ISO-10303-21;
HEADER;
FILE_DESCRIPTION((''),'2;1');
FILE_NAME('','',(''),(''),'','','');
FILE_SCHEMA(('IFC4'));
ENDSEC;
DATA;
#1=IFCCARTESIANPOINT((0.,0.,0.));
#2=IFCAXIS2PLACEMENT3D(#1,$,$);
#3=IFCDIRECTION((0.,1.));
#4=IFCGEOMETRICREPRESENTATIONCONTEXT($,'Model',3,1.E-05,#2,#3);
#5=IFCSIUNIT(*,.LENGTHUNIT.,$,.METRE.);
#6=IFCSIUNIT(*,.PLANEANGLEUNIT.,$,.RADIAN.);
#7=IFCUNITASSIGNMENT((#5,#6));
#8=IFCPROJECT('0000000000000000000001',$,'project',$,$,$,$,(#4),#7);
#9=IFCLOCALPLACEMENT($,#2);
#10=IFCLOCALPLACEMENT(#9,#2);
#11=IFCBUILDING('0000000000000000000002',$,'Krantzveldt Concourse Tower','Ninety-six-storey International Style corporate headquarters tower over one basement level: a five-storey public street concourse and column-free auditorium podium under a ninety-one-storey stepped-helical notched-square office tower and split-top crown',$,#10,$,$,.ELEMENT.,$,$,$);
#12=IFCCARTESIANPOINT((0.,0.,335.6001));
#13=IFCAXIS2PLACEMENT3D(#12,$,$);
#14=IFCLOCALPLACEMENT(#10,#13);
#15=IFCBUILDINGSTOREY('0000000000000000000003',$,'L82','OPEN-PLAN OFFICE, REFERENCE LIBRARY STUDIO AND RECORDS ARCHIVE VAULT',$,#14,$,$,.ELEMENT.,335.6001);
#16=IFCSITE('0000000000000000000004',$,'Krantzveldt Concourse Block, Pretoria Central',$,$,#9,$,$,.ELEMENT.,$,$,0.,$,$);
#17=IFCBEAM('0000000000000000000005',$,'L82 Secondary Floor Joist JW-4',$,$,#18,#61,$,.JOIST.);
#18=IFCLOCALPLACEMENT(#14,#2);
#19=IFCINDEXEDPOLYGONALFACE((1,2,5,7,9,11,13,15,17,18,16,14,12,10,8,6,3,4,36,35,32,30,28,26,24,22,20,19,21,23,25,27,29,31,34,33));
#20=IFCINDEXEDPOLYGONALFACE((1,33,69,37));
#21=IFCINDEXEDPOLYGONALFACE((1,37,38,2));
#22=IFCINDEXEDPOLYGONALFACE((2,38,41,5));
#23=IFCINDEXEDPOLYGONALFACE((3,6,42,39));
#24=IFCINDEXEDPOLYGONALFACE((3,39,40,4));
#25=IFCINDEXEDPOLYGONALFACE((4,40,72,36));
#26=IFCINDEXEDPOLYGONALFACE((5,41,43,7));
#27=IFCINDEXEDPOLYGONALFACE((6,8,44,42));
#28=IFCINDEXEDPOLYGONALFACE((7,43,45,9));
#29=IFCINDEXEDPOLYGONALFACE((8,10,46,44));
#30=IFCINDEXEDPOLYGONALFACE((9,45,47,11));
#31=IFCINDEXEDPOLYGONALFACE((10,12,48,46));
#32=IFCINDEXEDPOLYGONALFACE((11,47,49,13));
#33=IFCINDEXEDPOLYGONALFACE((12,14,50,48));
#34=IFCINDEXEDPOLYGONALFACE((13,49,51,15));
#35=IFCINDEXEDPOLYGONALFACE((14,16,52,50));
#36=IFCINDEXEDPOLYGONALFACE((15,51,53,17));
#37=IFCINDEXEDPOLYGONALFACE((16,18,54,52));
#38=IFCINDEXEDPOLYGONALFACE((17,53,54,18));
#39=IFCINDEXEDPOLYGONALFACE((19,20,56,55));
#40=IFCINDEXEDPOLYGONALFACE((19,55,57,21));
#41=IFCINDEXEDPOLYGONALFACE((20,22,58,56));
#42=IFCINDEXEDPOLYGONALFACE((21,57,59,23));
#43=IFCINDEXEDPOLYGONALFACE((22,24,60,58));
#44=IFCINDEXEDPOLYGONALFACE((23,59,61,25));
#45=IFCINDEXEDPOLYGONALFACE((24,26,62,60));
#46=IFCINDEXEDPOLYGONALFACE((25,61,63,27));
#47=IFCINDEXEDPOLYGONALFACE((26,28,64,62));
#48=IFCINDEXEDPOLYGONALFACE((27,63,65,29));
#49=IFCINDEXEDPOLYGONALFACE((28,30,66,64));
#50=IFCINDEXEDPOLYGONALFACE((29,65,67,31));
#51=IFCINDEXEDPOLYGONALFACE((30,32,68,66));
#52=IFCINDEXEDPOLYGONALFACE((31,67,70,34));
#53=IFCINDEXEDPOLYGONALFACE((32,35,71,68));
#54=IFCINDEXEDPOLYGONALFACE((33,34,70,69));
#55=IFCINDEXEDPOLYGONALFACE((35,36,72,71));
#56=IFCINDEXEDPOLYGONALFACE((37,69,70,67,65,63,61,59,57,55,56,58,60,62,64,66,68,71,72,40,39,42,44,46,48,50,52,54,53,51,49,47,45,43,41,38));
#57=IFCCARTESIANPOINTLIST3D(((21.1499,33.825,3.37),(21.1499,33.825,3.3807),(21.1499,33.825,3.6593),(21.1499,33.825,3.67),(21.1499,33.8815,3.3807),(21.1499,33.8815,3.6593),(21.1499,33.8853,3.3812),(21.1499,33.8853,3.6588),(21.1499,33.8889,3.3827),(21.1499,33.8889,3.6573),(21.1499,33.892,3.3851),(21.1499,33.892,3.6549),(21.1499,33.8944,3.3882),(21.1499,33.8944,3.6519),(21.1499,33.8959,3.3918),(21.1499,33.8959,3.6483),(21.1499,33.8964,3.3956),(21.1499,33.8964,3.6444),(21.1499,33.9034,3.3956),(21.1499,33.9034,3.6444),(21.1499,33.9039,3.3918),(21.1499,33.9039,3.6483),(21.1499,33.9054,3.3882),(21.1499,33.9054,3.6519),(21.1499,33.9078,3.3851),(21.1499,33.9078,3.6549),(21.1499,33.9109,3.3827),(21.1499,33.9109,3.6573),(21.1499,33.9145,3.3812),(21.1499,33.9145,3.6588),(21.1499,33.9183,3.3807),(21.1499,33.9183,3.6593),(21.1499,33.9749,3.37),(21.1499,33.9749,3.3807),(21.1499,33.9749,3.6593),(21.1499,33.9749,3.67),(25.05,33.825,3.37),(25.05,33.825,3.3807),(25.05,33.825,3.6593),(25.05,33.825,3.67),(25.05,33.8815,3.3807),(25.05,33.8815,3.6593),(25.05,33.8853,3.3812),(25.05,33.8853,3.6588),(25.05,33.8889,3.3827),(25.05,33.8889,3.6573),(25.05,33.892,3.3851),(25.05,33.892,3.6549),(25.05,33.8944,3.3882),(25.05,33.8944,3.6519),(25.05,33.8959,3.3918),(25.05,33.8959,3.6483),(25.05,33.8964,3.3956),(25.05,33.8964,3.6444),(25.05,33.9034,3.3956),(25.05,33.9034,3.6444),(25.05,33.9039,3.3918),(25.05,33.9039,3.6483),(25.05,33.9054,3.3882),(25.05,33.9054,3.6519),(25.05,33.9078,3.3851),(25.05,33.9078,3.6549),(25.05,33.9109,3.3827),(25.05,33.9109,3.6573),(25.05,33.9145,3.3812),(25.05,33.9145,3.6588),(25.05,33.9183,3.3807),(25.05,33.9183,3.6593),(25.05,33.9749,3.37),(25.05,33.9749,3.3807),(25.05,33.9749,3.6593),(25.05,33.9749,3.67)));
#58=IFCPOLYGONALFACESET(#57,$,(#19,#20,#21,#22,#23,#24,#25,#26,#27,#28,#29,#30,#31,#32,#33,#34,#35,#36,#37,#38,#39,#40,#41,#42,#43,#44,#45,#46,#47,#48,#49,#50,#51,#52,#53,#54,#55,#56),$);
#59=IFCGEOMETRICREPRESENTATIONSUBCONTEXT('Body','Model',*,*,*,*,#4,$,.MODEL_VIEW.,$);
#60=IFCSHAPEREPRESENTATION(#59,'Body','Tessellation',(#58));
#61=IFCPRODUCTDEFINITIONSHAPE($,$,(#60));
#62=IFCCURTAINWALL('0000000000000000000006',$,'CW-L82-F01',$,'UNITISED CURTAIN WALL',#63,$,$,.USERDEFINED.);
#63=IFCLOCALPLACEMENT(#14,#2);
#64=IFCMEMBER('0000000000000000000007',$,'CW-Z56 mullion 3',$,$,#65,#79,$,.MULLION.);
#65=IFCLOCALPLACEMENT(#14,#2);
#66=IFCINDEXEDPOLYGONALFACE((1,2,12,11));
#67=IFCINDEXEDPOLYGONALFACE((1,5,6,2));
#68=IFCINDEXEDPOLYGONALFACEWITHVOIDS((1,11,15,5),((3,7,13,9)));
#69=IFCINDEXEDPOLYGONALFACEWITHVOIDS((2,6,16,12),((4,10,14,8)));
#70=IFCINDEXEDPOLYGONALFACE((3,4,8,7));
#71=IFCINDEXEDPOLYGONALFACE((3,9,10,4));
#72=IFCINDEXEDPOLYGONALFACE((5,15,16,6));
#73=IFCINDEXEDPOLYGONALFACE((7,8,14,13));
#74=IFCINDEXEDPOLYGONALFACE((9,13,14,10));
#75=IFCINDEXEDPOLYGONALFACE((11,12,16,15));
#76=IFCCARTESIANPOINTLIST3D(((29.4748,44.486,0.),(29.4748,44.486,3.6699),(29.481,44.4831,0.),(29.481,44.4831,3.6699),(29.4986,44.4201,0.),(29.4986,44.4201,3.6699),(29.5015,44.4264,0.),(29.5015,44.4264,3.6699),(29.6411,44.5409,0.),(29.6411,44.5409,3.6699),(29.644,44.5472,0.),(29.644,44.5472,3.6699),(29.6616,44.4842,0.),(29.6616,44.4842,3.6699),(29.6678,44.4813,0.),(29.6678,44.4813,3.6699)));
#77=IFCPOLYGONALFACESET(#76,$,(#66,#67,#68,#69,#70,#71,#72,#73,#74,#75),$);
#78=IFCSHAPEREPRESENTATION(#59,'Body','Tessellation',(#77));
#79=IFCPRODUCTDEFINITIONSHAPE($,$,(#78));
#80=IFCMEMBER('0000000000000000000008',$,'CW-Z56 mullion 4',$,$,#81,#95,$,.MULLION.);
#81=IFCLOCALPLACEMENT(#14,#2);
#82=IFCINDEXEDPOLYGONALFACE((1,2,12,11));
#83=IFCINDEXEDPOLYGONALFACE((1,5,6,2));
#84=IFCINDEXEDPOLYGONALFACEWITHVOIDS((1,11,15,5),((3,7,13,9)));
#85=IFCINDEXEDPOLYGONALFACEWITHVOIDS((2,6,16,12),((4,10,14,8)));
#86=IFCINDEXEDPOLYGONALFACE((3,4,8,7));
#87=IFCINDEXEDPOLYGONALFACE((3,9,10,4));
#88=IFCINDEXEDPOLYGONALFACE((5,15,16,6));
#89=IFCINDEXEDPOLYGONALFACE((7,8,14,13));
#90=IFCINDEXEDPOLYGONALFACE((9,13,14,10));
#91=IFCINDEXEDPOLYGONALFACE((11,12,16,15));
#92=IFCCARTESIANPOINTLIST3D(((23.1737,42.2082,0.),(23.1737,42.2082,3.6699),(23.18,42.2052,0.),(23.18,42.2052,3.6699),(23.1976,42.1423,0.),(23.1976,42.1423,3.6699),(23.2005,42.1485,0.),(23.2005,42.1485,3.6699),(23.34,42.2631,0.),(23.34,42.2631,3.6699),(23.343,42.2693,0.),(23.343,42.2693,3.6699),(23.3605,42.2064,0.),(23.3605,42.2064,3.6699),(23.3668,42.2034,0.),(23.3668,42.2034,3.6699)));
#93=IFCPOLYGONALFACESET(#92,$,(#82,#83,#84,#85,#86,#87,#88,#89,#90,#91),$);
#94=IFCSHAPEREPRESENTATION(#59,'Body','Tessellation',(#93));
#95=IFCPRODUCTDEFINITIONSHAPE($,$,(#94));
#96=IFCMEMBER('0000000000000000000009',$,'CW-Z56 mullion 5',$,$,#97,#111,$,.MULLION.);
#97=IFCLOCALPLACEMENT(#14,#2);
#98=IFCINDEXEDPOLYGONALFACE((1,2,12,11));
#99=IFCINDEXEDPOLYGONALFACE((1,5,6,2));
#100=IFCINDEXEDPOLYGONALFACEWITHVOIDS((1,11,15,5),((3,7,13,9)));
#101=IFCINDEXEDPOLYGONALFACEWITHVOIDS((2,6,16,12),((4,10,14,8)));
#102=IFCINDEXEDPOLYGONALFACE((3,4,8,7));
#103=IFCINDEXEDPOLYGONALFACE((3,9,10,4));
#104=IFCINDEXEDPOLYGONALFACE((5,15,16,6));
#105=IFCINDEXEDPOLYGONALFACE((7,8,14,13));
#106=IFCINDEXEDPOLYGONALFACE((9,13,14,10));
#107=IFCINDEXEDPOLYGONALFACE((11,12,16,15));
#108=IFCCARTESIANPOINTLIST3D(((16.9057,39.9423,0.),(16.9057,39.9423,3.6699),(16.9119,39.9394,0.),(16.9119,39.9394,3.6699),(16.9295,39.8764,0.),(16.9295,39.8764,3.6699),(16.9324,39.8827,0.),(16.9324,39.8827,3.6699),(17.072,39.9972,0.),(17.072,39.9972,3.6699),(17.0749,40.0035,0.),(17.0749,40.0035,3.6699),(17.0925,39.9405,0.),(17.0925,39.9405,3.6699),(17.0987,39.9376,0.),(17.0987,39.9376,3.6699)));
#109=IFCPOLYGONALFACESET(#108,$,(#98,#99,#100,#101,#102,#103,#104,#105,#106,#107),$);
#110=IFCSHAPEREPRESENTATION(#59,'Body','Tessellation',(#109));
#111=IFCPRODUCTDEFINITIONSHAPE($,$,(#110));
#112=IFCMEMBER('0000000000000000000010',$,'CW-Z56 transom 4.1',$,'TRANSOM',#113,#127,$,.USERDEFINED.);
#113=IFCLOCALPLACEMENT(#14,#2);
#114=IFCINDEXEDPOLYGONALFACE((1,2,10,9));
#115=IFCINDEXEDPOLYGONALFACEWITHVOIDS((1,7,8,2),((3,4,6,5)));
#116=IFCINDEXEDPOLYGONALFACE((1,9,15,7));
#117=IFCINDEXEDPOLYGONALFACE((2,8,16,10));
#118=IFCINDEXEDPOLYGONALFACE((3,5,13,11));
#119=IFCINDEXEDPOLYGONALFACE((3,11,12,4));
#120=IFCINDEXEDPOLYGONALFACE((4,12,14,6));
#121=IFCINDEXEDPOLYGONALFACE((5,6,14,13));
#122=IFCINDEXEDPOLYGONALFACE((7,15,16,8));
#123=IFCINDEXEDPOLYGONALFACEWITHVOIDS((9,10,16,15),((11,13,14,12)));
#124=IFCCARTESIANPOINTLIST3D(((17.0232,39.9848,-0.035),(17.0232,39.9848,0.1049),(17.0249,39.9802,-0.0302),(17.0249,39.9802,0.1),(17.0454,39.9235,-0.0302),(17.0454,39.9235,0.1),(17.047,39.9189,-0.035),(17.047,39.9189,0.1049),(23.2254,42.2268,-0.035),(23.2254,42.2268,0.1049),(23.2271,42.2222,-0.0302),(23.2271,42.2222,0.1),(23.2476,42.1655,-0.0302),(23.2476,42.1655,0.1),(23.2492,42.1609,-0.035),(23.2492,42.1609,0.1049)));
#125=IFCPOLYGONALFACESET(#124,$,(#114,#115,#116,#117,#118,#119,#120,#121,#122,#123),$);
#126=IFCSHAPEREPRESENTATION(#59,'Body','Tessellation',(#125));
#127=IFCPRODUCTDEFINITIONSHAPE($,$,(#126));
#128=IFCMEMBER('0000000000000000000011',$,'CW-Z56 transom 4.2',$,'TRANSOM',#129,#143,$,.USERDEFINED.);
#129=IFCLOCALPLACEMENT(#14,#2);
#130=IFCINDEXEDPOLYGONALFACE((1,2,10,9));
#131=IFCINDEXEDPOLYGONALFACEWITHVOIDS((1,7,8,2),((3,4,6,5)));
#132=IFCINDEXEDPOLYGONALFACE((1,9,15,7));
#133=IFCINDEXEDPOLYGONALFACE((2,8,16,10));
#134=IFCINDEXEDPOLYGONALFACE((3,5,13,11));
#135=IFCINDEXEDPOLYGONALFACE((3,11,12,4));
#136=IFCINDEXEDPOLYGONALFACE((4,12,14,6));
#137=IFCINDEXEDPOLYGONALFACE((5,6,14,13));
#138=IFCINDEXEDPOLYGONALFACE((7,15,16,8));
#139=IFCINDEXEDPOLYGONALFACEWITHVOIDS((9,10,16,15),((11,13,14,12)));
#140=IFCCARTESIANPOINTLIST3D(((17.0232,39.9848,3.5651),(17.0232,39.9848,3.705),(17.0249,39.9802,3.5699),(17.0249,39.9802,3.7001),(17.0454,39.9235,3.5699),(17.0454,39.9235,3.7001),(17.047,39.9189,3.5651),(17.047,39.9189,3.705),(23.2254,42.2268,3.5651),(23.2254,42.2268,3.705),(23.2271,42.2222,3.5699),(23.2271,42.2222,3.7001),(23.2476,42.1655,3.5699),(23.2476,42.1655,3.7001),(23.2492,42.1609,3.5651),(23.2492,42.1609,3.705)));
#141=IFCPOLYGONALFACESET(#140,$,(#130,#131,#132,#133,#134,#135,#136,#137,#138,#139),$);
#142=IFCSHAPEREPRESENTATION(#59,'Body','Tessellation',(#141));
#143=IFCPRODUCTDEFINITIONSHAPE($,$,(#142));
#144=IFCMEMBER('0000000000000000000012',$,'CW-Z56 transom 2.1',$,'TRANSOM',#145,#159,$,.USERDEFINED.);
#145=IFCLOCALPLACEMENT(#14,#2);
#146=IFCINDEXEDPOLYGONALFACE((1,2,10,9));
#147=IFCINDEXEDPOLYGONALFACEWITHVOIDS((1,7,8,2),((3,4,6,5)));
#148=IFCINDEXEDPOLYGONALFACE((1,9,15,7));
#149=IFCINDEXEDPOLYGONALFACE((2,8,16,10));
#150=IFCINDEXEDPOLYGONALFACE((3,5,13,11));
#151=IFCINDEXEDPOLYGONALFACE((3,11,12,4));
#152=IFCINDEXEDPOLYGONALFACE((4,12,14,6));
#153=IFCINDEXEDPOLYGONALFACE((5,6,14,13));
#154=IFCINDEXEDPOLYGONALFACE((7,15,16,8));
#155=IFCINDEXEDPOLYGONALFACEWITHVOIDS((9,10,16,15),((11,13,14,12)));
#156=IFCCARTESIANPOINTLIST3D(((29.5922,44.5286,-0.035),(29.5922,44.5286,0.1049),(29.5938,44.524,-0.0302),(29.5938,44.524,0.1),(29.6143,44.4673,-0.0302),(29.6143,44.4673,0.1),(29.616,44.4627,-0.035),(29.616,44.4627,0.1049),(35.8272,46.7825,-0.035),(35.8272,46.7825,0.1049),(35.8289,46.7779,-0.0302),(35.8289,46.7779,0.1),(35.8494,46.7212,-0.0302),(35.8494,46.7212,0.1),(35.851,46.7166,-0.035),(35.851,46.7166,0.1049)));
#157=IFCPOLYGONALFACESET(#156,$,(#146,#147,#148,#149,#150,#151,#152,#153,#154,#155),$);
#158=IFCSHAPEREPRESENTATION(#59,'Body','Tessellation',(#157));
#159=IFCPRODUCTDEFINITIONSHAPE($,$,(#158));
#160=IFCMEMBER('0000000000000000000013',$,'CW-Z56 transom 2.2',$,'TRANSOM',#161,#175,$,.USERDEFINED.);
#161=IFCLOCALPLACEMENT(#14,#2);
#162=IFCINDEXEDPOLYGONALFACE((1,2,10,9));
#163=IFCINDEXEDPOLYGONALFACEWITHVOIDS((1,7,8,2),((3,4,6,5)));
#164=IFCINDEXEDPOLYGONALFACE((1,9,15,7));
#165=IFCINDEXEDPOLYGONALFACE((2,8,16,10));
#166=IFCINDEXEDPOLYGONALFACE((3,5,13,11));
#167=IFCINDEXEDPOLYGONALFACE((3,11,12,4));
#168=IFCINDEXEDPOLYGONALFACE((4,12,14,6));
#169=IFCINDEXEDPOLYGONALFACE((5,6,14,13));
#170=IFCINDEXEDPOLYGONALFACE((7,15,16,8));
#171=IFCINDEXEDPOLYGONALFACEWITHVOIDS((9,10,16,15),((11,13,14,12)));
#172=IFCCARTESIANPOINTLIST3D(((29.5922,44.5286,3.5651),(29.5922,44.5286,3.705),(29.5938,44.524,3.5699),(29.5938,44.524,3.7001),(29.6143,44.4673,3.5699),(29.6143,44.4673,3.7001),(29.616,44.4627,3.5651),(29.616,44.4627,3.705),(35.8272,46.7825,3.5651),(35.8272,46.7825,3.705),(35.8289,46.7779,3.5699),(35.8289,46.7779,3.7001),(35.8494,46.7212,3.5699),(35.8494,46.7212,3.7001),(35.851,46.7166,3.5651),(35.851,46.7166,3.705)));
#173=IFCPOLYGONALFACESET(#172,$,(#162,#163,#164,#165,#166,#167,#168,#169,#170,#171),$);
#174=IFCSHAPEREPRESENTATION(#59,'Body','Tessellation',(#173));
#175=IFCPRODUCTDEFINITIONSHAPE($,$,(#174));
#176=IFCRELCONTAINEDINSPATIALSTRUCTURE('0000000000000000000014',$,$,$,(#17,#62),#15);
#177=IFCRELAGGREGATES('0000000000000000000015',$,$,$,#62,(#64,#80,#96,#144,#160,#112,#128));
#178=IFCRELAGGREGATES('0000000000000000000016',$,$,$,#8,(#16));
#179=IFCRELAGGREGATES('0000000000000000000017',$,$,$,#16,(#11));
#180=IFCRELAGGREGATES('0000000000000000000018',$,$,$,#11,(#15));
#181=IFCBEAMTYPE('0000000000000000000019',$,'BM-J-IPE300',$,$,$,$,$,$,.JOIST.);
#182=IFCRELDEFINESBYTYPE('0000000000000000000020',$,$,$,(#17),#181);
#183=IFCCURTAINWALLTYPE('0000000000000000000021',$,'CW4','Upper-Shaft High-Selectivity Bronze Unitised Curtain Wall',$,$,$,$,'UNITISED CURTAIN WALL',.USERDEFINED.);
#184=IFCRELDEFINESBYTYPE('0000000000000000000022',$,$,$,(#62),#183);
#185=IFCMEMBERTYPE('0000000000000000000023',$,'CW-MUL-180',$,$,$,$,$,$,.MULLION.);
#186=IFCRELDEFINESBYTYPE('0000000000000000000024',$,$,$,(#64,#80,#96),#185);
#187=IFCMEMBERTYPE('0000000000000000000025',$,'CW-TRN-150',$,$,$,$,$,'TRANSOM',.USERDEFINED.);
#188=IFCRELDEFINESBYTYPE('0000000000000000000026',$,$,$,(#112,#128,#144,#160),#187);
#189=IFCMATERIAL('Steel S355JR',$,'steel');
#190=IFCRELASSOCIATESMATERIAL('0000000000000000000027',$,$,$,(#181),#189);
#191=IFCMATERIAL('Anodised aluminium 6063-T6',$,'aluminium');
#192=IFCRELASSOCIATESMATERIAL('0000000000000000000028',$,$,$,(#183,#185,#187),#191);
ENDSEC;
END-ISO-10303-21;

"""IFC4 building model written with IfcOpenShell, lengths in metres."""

from ifc_helpers import new_model, si_unit, direction, frame, origin, origin_2d, place, context, subcontext, project, spatial, hollow_rectangle, i_section, extrude, source, transform, mapped, material, material_profile, profile_set, type_object, type_shapes, element, aggregate, save


model = new_model("IFC4")

# Units and contexts
model_context = context("Model", 3, precision=1e-05, world=origin(), true_north=direction((0.0, 1.0)))
body_context = subcontext(model_context, "Body", "Model", "MODEL_VIEW")
ifc_project = project(units=[si_unit("LENGTHUNIT", "METRE"), si_unit("PLANEANGLEUNIT", "RADIAN")], contexts=[model_context])

# Site, building, storey
site_placement = place(None, origin())
site = spatial("IfcSite", under=ifc_project, at=site_placement, Name="Krantzveldt Concourse Block, Pretoria Central", CompositionType="ELEMENT", RefElevation=0.0)
building_placement = place(site_placement, origin())
building = spatial("IfcBuilding", under=site, at=building_placement, Name="Krantzveldt Concourse Tower", Description="Ninety-six-storey International Style corporate headquarters tower over one basement level: a five-storey public street concourse and column-free auditorium podium under a ninety-one-storey stepped-helical notched-square office tower and split-top crown", CompositionType="ELEMENT")
storey_placement = place(building_placement, frame((0.0, 0.0, 335.6001)))
storey = spatial("IfcBuildingStorey", under=building, at=storey_placement, Name="L82", Description="OPEN-PLAN OFFICE, REFERENCE LIBRARY STUDIO AND RECORDS ARCHIVE VAULT", CompositionType="ELEMENT", Elevation=335.6001)

# Beam
ifc_material_1 = material(Name="Steel S355JR", Category="steel")
ifc_material_profile_1 = material_profile(ifc_material_1, i_section(OverallWidth=0.1499, OverallDepth=0.3, WebThickness=0.0071, FlangeThickness=0.0107, FilletRadius=0.0149, at=origin_2d()), Name="Steel S355JR", Category="steel")
ifc_profile_set_1 = profile_set([ifc_material_profile_1], Name="Steel S355JR - IPE 300")
beam_type_1 = type_object("IfcBeamType", Name="BM-J-IPE300", PredefinedType="JOIST", material=ifc_profile_set_1)
shared_shape_1 = source(origin(), body_context, "Body", "SweptSolid", [
    extrude(i_section(OverallWidth=0.1499, OverallDepth=0.3, WebThickness=0.0071, FlangeThickness=0.0107, FilletRadius=0.0149, at=origin_2d()), origin(), (0.0, 0.0, 1.0), 3.9001),
])
beam_1_placement = place(storey_placement, frame((21.1499, 33.8999, 3.52), z_axis=(1.0, 0.0, 0.0), x_axis=(0.0, 1.0, 0.0)))
element("IfcBeam", 1, at=beam_1_placement, inside=storey, type_object=beam_type_1, Name="L82 Secondary Floor Joist JW-4", PredefinedType="JOIST", context=body_context, shape_type="MappedRepresentation", body=[
    mapped(shared_shape_1, transform((0.0, 0.0, 0.0), x_axis=(1.0, 0.0, 0.0), y_axis=(0.0, 1.0, 0.0), z_axis=(0.0, 0.0, 1.0), scale=1.0)),
])

# Curtain wall, members
ifc_material_2 = material(Name="Anodised aluminium 6063-T6", Category="aluminium")
curtain_wall_type = type_object("IfcCurtainWallType", Name="CW4", Description="Upper-Shaft High-Selectivity Bronze Unitised Curtain Wall", ElementType="UNITISED CURTAIN WALL", PredefinedType="USERDEFINED", material=ifc_material_2)
curtain_wall_placement = place(storey_placement, origin())
curtain_wall = element("IfcCurtainWall", 2, at=curtain_wall_placement, inside=storey, type_object=curtain_wall_type, Name="CW-L82-F01", ObjectType="UNITISED CURTAIN WALL", PredefinedType="USERDEFINED")
ifc_material_profile_2 = material_profile(ifc_material_2, hollow_rectangle(XDim=0.0701, YDim=0.1799, WallThickness=0.0049, at=origin_2d()), Name="Anodised aluminium 6063-T6", Category="aluminium")
ifc_profile_set_2 = profile_set([ifc_material_profile_2], Name="Anodised aluminium 6063-T6 - ALU-MULL 180x70x5")
member_type_1 = type_object("IfcMemberType", Name="CW-MUL-180", PredefinedType="MULLION", material=ifc_profile_set_2)
shared_shape_2 = source(origin(), body_context, "Body", "SweptSolid", [
    extrude(hollow_rectangle(XDim=0.0701, YDim=0.1799, WallThickness=0.0049, at=origin_2d()), origin(), (0.0, 0.0, 1.0), 3.6699),
])
type_shapes(member_type_1, [shared_shape_2])
member_1_placement = place(storey_placement, frame((29.5713, 44.4836, 0.0), z_axis=(0.0, 0.0, 1.0), x_axis=(0.339969, -0.940437, 0.0)))
member_1 = element("IfcMember", 3, at=member_1_placement, type_object=member_type_1, Name="CW-Z56 mullion 3", PredefinedType="MULLION", context=body_context, shape_type="MappedRepresentation", body=[
    mapped(shared_shape_2, transform((0.0, 0.0, 0.0), x_axis=(1.0, 0.0, 0.0), y_axis=(0.0, 1.0, 0.0), z_axis=(0.0, 0.0, 1.0), scale=1.0)),
])
member_2_placement = place(storey_placement, frame((23.2703, 42.2058, 0.0), z_axis=(0.0, 0.0, 1.0), x_axis=(0.339969, -0.940437, 0.0)))
member_2 = element("IfcMember", 4, at=member_2_placement, type_object=member_type_1, Name="CW-Z56 mullion 4", PredefinedType="MULLION", context=body_context, shape_type="MappedRepresentation", body=[
    mapped(shared_shape_2, transform((0.0, 0.0, 0.0), x_axis=(1.0, 0.0, 0.0), y_axis=(0.0, 1.0, 0.0), z_axis=(0.0, 0.0, 1.0), scale=1.0)),
])
member_3_placement = place(storey_placement, frame((17.0022, 39.9399, 0.0), z_axis=(0.0, 0.0, 1.0), x_axis=(0.339969, -0.940437, 0.0)))
member_3 = element("IfcMember", 5, at=member_3_placement, type_object=member_type_1, Name="CW-Z56 mullion 5", PredefinedType="MULLION", context=body_context, shape_type="MappedRepresentation", body=[
    mapped(shared_shape_2, transform((0.0, 0.0, 0.0), x_axis=(1.0, 0.0, 0.0), y_axis=(0.0, 1.0, 0.0), z_axis=(0.0, 0.0, 1.0), scale=1.0)),
])
ifc_material_profile_3 = material_profile(ifc_material_2, hollow_rectangle(XDim=0.0701, YDim=0.1399, WallThickness=0.0049, at=origin_2d()), Name="Anodised aluminium 6063-T6", Category="aluminium")
ifc_profile_set_3 = profile_set([ifc_material_profile_3], Name="Anodised aluminium 6063-T6 - ALU-TRAN 140x70x5")
member_type_2 = type_object("IfcMemberType", Name="CW-TRN-150", ElementType="TRANSOM", PredefinedType="USERDEFINED", material=ifc_profile_set_3)
shared_shape_3 = source(origin(), body_context, "Body", "SweptSolid", [
    extrude(hollow_rectangle(XDim=0.0701, YDim=0.1399, WallThickness=0.0049, at=origin_2d()), origin(), (0.0, 0.0, 1.0), 6.595),
])
member_4_placement = place(storey_placement, frame((23.2373, 42.1938, 0.0349), z_axis=(-0.940443, -0.33995, 0.0), x_axis=(0.33995, -0.940443, 0.0)))
member_4 = element("IfcMember", 6, at=member_4_placement, type_object=member_type_2, Name="CW-Z56 transom 4.1", ObjectType="TRANSOM", PredefinedType="USERDEFINED", context=body_context, shape_type="MappedRepresentation", body=[
    mapped(shared_shape_3, transform((0.0, 0.0, 0.0), x_axis=(1.0, 0.0, 0.0), y_axis=(0.0, 1.0, 0.0), z_axis=(0.0, 0.0, 1.0), scale=1.0)),
])
member_5_placement = place(storey_placement, frame((23.2373, 42.1938, 3.635), z_axis=(-0.940443, -0.33995, 0.0), x_axis=(0.33995, -0.940443, 0.0)))
member_5 = element("IfcMember", 7, at=member_5_placement, type_object=member_type_2, Name="CW-Z56 transom 4.2", ObjectType="TRANSOM", PredefinedType="USERDEFINED", context=body_context, shape_type="MappedRepresentation", body=[
    mapped(shared_shape_3, transform((0.0, 0.0, 0.0), x_axis=(1.0, 0.0, 0.0), y_axis=(0.0, 1.0, 0.0), z_axis=(0.0, 0.0, 1.0), scale=1.0)),
])
shared_shape_4 = source(origin(), body_context, "Body", "SweptSolid", [
    extrude(hollow_rectangle(XDim=0.0701, YDim=0.1399, WallThickness=0.0049, at=origin_2d()), origin(), (0.0, 0.0, 1.0), 6.6299),
])
type_shapes(member_type_2, [shared_shape_3, shared_shape_4])
member_6_placement = place(storey_placement, frame((35.8391, 46.7495, 0.0349), z_axis=(-0.940441, -0.339957, 0.0), x_axis=(0.339957, -0.940441, 0.0)))
member_6 = element("IfcMember", 8, at=member_6_placement, type_object=member_type_2, Name="CW-Z56 transom 2.1", ObjectType="TRANSOM", PredefinedType="USERDEFINED", context=body_context, shape_type="MappedRepresentation", body=[
    mapped(shared_shape_4, transform((0.0, 0.0, 0.0), x_axis=(1.0, 0.0, 0.0), y_axis=(0.0, 1.0, 0.0), z_axis=(0.0, 0.0, 1.0), scale=1.0)),
])
member_7_placement = place(storey_placement, frame((35.8391, 46.7495, 3.635), z_axis=(-0.940441, -0.339957, 0.0), x_axis=(0.339957, -0.940441, 0.0)))
member_7 = element("IfcMember", 9, at=member_7_placement, type_object=member_type_2, Name="CW-Z56 transom 2.2", ObjectType="TRANSOM", PredefinedType="USERDEFINED", context=body_context, shape_type="MappedRepresentation", body=[
    mapped(shared_shape_4, transform((0.0, 0.0, 0.0), x_axis=(1.0, 0.0, 0.0), y_axis=(0.0, 1.0, 0.0), z_axis=(0.0, 0.0, 1.0), scale=1.0)),
])
aggregate(curtain_wall, [member_1, member_2, member_3, member_6, member_7, member_4, member_5])

save(model, "model.ifc")
